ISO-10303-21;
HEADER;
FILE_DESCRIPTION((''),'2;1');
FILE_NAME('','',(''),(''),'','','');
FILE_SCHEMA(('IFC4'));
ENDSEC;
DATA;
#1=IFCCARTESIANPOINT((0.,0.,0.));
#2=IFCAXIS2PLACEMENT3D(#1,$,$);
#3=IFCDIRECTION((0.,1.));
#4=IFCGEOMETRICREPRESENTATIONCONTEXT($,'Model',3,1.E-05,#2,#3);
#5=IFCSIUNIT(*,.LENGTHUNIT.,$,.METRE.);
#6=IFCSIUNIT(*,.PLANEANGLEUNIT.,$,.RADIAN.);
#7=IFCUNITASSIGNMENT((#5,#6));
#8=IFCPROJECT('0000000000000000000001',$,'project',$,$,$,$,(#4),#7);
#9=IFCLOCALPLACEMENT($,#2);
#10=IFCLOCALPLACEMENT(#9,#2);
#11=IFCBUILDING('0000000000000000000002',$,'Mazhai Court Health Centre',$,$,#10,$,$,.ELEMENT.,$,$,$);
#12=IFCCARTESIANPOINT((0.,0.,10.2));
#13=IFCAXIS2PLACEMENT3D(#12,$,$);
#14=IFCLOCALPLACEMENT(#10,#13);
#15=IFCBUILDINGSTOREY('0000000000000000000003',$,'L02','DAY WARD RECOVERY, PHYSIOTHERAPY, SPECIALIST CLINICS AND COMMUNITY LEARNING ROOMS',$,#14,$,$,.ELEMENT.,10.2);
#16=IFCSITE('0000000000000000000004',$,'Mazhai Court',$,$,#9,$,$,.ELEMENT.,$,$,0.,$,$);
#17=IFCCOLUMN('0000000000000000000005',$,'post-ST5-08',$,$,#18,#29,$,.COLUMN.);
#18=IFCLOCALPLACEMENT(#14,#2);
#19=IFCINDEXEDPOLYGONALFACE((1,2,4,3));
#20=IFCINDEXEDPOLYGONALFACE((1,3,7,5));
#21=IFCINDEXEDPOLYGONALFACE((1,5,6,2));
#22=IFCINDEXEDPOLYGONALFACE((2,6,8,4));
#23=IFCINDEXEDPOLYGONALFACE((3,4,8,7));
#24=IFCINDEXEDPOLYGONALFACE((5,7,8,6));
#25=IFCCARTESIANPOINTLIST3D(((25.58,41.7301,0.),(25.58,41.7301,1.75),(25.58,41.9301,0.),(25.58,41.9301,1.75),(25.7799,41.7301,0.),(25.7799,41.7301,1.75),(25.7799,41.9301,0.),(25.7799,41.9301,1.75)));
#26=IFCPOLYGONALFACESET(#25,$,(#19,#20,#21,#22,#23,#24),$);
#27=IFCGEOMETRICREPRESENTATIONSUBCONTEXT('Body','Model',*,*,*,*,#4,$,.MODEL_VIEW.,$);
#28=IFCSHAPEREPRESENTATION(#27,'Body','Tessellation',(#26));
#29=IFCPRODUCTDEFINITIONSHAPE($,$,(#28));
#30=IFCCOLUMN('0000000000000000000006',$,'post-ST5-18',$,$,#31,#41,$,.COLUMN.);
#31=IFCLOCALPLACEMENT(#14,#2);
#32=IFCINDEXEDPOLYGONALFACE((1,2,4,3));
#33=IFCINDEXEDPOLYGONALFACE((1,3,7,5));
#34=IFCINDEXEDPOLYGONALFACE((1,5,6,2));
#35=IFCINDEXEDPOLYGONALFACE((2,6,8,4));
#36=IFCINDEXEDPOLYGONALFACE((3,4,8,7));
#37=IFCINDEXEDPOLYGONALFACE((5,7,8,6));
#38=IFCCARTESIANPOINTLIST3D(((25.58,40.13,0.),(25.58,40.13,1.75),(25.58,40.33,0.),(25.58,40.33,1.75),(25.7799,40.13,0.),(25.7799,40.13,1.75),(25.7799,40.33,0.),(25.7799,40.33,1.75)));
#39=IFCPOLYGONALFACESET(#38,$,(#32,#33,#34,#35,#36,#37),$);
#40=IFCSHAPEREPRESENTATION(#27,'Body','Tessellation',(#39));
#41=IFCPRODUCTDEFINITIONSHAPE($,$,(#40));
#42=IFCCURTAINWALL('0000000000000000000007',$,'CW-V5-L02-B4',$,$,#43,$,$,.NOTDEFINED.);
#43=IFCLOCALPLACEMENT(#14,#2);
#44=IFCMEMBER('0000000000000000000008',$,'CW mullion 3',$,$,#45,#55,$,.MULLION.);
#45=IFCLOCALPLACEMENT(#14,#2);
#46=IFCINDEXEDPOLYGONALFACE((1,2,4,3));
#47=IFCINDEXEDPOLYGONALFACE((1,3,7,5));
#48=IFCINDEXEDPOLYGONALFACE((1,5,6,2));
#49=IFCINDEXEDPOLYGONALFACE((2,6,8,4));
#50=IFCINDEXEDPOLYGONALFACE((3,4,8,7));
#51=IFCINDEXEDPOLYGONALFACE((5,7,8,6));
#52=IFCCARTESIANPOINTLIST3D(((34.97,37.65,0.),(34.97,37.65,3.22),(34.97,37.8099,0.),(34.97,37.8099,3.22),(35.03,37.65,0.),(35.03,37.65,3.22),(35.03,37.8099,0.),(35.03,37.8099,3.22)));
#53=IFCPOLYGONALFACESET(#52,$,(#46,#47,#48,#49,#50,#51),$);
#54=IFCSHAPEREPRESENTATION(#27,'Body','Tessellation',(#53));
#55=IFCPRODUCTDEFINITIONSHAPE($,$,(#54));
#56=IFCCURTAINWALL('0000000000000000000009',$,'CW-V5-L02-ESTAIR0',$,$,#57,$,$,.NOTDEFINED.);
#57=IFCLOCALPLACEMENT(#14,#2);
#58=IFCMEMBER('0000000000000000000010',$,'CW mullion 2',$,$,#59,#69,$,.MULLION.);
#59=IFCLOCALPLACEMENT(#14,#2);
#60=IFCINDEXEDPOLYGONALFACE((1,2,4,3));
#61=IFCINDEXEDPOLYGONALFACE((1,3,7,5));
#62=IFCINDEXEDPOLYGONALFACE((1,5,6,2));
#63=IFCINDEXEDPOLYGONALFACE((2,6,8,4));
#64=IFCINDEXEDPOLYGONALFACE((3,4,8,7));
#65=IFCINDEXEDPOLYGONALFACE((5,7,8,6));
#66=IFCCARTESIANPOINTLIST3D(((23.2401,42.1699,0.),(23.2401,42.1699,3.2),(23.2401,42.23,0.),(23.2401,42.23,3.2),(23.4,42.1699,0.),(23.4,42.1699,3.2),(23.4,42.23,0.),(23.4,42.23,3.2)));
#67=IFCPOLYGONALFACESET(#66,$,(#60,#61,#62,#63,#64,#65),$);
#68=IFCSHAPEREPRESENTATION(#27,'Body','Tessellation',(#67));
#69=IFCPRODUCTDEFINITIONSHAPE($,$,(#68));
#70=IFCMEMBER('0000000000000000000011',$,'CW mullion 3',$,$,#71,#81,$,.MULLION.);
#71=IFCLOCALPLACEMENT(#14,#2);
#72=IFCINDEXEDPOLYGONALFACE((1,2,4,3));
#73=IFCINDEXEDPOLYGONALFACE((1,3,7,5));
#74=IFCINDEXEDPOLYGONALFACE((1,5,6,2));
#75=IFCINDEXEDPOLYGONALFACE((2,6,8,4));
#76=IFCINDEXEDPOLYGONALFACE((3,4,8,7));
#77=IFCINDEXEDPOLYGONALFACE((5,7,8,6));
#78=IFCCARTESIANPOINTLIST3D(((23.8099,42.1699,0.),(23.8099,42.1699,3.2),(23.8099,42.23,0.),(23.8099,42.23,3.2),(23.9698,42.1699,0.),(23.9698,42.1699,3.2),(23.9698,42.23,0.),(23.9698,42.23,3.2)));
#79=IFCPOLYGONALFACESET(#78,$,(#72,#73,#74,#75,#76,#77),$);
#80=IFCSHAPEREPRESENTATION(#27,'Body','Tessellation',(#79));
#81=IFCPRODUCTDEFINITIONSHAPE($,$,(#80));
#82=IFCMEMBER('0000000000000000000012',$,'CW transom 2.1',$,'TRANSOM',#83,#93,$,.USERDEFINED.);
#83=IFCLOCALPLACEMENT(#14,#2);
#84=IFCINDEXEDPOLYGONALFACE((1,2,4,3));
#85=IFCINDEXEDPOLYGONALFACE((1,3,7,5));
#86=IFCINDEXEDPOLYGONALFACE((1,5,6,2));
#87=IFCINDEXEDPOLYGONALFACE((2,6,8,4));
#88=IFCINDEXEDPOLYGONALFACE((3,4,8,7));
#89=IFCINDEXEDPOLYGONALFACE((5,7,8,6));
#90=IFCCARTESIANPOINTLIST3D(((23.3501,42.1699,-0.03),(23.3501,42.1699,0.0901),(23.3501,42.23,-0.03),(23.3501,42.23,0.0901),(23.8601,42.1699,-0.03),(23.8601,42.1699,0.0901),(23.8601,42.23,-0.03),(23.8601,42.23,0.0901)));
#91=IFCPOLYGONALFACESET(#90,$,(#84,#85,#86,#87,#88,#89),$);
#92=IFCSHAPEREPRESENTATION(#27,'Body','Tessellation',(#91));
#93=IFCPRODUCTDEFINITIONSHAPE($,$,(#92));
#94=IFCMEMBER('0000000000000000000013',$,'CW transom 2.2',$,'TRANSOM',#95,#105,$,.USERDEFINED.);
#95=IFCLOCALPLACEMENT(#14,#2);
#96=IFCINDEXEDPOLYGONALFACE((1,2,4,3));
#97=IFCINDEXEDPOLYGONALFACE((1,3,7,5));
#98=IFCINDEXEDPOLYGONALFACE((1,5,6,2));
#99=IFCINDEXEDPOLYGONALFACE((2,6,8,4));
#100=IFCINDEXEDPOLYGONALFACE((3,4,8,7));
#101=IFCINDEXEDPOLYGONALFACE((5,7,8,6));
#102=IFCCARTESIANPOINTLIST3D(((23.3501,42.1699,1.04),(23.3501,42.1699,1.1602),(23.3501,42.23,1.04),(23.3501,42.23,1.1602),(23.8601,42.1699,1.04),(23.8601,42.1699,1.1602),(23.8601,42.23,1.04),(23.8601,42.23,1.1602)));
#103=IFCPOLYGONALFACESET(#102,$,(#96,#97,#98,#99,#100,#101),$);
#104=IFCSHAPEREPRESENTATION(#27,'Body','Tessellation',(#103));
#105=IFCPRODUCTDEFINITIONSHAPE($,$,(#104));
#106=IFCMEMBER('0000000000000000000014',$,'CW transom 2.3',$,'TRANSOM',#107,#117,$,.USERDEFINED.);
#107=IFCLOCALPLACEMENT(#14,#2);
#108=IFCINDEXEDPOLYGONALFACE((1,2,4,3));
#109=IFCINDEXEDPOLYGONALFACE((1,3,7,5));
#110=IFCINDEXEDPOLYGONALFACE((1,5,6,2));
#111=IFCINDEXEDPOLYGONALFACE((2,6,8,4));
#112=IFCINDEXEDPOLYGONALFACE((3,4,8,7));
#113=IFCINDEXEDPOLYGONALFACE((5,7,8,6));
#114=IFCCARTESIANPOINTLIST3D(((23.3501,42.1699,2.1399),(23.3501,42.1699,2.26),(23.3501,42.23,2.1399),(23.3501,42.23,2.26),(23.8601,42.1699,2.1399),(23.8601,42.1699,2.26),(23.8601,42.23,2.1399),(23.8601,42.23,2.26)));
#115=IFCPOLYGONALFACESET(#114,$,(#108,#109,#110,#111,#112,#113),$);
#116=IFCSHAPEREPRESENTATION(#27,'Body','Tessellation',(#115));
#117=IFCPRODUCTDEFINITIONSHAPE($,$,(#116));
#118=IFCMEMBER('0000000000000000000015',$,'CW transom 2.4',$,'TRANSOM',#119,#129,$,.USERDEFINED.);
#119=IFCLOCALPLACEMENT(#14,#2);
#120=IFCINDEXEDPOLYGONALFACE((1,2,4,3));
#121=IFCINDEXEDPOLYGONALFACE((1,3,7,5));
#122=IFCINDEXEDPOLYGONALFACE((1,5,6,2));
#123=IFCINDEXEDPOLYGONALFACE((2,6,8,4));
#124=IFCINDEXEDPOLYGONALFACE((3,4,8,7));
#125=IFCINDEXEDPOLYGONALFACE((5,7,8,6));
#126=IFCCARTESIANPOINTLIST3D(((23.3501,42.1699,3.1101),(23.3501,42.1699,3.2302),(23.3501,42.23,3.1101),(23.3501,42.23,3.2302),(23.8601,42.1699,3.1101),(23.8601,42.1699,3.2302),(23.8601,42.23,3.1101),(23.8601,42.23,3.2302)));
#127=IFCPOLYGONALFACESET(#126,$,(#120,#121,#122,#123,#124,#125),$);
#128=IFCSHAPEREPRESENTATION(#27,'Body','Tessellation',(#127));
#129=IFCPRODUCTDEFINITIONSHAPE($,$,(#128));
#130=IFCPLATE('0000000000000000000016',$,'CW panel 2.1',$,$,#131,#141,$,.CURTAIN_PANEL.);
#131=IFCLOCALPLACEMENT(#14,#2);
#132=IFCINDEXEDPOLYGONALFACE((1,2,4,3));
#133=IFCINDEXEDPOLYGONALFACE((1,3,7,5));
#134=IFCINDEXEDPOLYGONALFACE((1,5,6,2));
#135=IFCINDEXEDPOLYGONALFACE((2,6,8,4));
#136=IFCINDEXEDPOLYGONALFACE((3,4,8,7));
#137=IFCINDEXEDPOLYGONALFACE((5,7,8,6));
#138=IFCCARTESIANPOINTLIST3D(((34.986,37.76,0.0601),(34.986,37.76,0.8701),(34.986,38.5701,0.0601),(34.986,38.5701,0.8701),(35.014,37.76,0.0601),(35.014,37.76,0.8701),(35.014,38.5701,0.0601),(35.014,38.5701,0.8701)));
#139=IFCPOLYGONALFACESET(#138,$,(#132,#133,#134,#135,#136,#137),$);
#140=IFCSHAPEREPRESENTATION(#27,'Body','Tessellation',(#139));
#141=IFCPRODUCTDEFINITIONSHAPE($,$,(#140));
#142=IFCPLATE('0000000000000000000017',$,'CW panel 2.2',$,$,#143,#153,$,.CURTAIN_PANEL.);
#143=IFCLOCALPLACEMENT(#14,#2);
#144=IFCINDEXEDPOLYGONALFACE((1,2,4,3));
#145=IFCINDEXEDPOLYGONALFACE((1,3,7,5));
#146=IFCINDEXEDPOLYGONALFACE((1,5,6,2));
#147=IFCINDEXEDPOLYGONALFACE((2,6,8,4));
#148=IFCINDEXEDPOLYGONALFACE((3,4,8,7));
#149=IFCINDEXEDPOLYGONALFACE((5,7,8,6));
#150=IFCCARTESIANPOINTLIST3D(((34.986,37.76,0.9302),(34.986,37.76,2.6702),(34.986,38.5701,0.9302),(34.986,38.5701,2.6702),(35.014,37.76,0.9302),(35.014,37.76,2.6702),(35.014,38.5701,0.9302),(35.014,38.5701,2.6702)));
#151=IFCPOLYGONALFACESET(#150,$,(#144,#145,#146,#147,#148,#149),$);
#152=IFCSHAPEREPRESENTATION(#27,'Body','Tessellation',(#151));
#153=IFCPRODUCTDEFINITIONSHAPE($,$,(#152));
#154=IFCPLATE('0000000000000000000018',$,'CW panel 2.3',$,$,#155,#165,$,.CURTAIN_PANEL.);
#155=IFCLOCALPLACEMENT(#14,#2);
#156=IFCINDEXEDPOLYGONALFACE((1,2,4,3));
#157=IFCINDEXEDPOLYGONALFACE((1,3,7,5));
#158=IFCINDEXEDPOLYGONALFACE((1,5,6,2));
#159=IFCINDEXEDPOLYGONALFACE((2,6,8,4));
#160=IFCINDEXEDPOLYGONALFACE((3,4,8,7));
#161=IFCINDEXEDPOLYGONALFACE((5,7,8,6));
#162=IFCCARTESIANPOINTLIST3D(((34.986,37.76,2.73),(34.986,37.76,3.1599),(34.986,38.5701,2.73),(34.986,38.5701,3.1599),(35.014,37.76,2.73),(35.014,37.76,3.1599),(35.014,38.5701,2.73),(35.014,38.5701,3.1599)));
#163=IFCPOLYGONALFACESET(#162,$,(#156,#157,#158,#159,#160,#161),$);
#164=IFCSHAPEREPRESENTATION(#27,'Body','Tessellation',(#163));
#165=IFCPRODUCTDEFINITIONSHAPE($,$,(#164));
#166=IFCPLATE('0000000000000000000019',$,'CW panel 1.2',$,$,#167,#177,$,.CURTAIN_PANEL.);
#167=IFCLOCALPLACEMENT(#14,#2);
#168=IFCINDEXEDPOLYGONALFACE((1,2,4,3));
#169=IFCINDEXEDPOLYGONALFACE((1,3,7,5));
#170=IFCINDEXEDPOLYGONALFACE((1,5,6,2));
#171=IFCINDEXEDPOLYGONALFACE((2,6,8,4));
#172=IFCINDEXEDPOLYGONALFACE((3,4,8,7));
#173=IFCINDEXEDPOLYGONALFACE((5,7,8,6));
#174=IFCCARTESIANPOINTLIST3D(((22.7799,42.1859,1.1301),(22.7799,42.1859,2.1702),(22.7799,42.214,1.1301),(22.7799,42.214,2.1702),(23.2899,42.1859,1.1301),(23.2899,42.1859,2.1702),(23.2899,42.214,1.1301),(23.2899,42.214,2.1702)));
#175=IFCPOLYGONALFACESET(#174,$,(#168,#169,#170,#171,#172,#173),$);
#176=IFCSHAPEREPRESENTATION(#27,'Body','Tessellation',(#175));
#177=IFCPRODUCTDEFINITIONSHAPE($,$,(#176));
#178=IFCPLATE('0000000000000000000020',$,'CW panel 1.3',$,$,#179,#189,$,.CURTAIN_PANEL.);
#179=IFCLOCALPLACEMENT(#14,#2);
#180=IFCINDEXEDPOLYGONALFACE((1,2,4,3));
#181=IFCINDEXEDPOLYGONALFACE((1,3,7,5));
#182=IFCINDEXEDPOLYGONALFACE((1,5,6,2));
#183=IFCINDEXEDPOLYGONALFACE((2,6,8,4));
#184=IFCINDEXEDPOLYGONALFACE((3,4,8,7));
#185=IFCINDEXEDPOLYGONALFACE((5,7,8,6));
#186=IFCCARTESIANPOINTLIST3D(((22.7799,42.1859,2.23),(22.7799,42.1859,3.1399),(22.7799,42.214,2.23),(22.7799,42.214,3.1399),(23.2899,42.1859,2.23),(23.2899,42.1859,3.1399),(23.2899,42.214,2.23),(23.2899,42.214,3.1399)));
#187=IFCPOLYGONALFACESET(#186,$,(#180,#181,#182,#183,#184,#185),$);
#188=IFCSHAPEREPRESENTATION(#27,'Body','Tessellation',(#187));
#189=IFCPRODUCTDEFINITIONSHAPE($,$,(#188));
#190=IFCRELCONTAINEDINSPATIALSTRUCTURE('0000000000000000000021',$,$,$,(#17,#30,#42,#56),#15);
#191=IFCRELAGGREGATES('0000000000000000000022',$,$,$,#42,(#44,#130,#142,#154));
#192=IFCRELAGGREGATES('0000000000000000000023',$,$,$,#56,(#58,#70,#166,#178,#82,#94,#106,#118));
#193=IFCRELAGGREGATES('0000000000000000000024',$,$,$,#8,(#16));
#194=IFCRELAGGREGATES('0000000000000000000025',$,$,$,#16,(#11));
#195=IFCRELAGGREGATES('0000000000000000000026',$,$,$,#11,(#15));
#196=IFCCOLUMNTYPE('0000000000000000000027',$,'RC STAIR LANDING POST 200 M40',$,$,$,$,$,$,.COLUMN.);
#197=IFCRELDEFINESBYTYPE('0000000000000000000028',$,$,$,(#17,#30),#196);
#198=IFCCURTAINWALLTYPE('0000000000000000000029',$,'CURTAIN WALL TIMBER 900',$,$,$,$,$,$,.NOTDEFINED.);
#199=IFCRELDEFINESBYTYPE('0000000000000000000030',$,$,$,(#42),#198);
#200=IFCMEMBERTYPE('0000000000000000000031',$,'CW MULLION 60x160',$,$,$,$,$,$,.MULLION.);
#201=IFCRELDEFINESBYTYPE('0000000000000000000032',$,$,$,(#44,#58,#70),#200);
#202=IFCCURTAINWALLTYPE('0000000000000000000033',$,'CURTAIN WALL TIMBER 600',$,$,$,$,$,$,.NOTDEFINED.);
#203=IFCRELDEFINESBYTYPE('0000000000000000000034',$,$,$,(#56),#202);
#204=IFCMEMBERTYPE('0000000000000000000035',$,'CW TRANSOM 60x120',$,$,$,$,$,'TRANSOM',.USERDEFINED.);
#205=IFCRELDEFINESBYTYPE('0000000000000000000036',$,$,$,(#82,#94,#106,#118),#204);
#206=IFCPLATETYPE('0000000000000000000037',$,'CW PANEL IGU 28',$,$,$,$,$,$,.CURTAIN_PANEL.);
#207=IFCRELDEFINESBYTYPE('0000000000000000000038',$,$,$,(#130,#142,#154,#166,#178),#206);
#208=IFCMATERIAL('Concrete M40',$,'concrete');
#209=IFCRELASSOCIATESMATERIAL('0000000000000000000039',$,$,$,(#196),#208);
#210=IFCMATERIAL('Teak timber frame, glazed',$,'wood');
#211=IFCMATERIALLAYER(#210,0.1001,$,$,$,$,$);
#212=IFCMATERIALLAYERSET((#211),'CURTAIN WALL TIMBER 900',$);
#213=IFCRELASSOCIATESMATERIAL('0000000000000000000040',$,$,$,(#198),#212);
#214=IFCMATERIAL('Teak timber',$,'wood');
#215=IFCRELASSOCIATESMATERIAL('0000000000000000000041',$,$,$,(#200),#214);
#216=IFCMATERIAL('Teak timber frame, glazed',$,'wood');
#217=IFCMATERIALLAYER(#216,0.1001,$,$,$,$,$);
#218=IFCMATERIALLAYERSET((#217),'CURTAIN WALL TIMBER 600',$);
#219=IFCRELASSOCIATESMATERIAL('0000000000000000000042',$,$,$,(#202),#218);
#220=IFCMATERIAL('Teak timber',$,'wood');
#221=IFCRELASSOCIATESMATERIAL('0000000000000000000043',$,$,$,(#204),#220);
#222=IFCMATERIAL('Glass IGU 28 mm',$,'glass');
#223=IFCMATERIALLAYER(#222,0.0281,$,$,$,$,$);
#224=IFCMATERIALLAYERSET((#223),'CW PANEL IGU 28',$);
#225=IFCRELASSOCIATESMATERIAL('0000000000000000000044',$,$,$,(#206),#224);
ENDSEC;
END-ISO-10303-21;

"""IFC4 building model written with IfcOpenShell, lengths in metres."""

from ifc_helpers import new_model, si_unit, direction, frame, origin, origin_2d, place, context, subcontext, project, spatial, rectangle, extrude, material, layer, layer_set, material_profile, profile_set, type_object, element, aggregate, save


model = new_model("IFC4")

# Units and contexts
model_context = context("Model", 3, precision=1e-05, world=origin(), true_north=direction((0.0, 1.0)))
body_context = subcontext(model_context, "Body", "Model", "MODEL_VIEW")
ifc_project = project(units=[si_unit("LENGTHUNIT", "METRE"), si_unit("PLANEANGLEUNIT", "RADIAN")], contexts=[model_context])

# Site, building, storey
site_placement = place(None, origin())
site = spatial("IfcSite", under=ifc_project, at=site_placement, Name="Mazhai Court", CompositionType="ELEMENT", RefElevation=0.0)
building_placement = place(site_placement, origin())
building = spatial("IfcBuilding", under=site, at=building_placement, Name="Mazhai Court Health Centre", CompositionType="ELEMENT")
storey_placement = place(building_placement, frame((0.0, 0.0, 10.2)))
storey = spatial("IfcBuildingStorey", under=building, at=storey_placement, Name="L02", Description="DAY WARD RECOVERY, PHYSIOTHERAPY, SPECIALIST CLINICS AND COMMUNITY LEARNING ROOMS", CompositionType="ELEMENT", Elevation=10.2)

# Columns
ifc_material_1 = material(Name="Concrete M40", Category="concrete")
ifc_material_profile_1 = material_profile(ifc_material_1, rectangle(XDim=0.2, YDim=0.2, at=origin_2d()), Name="RC 200x200")
ifc_profile_set_1 = profile_set([ifc_material_profile_1], Name="Concrete M40")
column_type = type_object("IfcColumnType", Name="RC STAIR LANDING POST 200 M40", PredefinedType="COLUMN", material=ifc_profile_set_1)
for number, where, z_axis, x_axis, name in (
    (1, (25.6799, 41.8301, 0.0), (0.0, 0.0, 1.0), (1.0, 0.0, 0.0), "post-ST5-08"),
    (2, (25.6799, 40.23, 0.0), (0.0, 0.0, 1.0), (1.0, 0.0, 0.0), "post-ST5-18"),
):
    element("IfcColumn", number, at=place(storey_placement, frame(where, z_axis=z_axis, x_axis=x_axis)), inside=storey, type_object=column_type, Name=name, PredefinedType="COLUMN", context=body_context, shape_type="SweptSolid", body=[
        extrude(rectangle(XDim=0.2, YDim=0.2, at=origin_2d()), origin(), (0.0, 0.0, 1.0), 1.75),
    ])

# Curtain wall, member
ifc_material_2 = material(Name="Teak timber frame, glazed", Category="wood")
ifc_layer_1 = layer(ifc_material_2, 0.1001)
ifc_layer_set_1 = layer_set([ifc_layer_1], Name="CURTAIN WALL TIMBER 900")
curtain_wall_type_1 = type_object("IfcCurtainWallType", Name="CURTAIN WALL TIMBER 900", PredefinedType="NOTDEFINED", material=ifc_layer_set_1)
curtain_wall_1_placement = place(storey_placement, origin())
curtain_wall_1 = element("IfcCurtainWall", 3, at=curtain_wall_1_placement, inside=storey, type_object=curtain_wall_type_1, Name="CW-V5-L02-B4", PredefinedType="NOTDEFINED")
ifc_material_3 = material(Name="Teak timber", Category="wood")
ifc_material_profile_2 = material_profile(ifc_material_3, rectangle(XDim=0.0601, YDim=0.1599, at=origin_2d()), Name="CW MULLION 60x160")
ifc_profile_set_2 = profile_set([ifc_material_profile_2], Name="Teak timber")
member_type_1 = type_object("IfcMemberType", Name="CW MULLION 60x160", PredefinedType="MULLION", material=ifc_profile_set_2)
member_1_placement = place(storey_placement, frame((35.0, 37.73, 0.0), z_axis=(0.0, 0.0, 1.0), x_axis=(1.0, 0.0, 0.0)))
member_1 = element("IfcMember", 4, at=member_1_placement, type_object=member_type_1, Name="CW mullion 3", PredefinedType="MULLION", context=body_context, shape_type="SweptSolid", body=[
    extrude(rectangle(XDim=0.0601, YDim=0.1599, at=origin_2d()), origin(), (0.0, 0.0, 1.0), 3.22),
])

# Curtain wall, members
ifc_material_4 = material(Name="Teak timber frame, glazed", Category="wood")
ifc_layer_2 = layer(ifc_material_4, 0.1001)
ifc_layer_set_2 = layer_set([ifc_layer_2], Name="CURTAIN WALL TIMBER 600")
curtain_wall_type_2 = type_object("IfcCurtainWallType", Name="CURTAIN WALL TIMBER 600", PredefinedType="NOTDEFINED", material=ifc_layer_set_2)
curtain_wall_2_placement = place(storey_placement, origin())
curtain_wall_2 = element("IfcCurtainWall", 5, at=curtain_wall_2_placement, inside=storey, type_object=curtain_wall_type_2, Name="CW-V5-L02-ESTAIR0", PredefinedType="NOTDEFINED")
member_2_placement = place(storey_placement, frame((23.3201, 42.2, 0.0), z_axis=(0.0, 0.0, 1.0), x_axis=(0.0, 1.0, 0.0)))
member_2 = element("IfcMember", 6, at=member_2_placement, type_object=member_type_1, Name="CW mullion 2", PredefinedType="MULLION", context=body_context, shape_type="SweptSolid", body=[
    extrude(rectangle(XDim=0.0601, YDim=0.1599, at=origin_2d()), origin(), (0.0, 0.0, 1.0), 3.2),
])
member_3_placement = place(storey_placement, frame((23.8899, 42.2, 0.0), z_axis=(0.0, 0.0, 1.0), x_axis=(0.0, 1.0, 0.0)))
member_3 = element("IfcMember", 7, at=member_3_placement, type_object=member_type_1, Name="CW mullion 3", PredefinedType="MULLION", context=body_context, shape_type="SweptSolid", body=[
    extrude(rectangle(XDim=0.0601, YDim=0.1599, at=origin_2d()), origin(), (0.0, 0.0, 1.0), 3.2),
])
ifc_material_5 = material(Name="Teak timber", Category="wood")
ifc_material_profile_3 = material_profile(ifc_material_5, rectangle(XDim=0.0601, YDim=0.1201, at=origin_2d()), Name="CW TRANSOM 60x120")
ifc_profile_set_3 = profile_set([ifc_material_profile_3], Name="Teak timber")
member_type_2 = type_object("IfcMemberType", Name="CW TRANSOM 60x120", ElementType="TRANSOM", PredefinedType="USERDEFINED", material=ifc_profile_set_3)
member_4_placement = place(storey_placement, frame((23.3501, 42.2, 0.03), z_axis=(1.0, 0.0, 0.0), x_axis=(0.0, 1.0, 0.0)))
member_4 = element("IfcMember", 8, at=member_4_placement, type_object=member_type_2, Name="CW transom 2.1", ObjectType="TRANSOM", PredefinedType="USERDEFINED", context=body_context, shape_type="SweptSolid", body=[
    extrude(rectangle(XDim=0.0601, YDim=0.1201, at=origin_2d()), origin(), (0.0, 0.0, 1.0), 0.51),
])
member_5_placement = place(storey_placement, frame((23.3501, 42.2, 1.1001), z_axis=(1.0, 0.0, 0.0), x_axis=(0.0, 1.0, 0.0)))
member_5 = element("IfcMember", 9, at=member_5_placement, type_object=member_type_2, Name="CW transom 2.2", ObjectType="TRANSOM", PredefinedType="USERDEFINED", context=body_context, shape_type="SweptSolid", body=[
    extrude(rectangle(XDim=0.0601, YDim=0.1201, at=origin_2d()), origin(), (0.0, 0.0, 1.0), 0.51),
])
member_6_placement = place(storey_placement, frame((23.3501, 42.2, 2.2), z_axis=(1.0, 0.0, 0.0), x_axis=(0.0, 1.0, 0.0)))
member_6 = element("IfcMember", 10, at=member_6_placement, type_object=member_type_2, Name="CW transom 2.3", ObjectType="TRANSOM", PredefinedType="USERDEFINED", context=body_context, shape_type="SweptSolid", body=[
    extrude(rectangle(XDim=0.0601, YDim=0.1201, at=origin_2d()), origin(), (0.0, 0.0, 1.0), 0.51),
])
member_7_placement = place(storey_placement, frame((23.3501, 42.2, 3.1702), z_axis=(1.0, 0.0, 0.0), x_axis=(0.0, 1.0, 0.0)))
member_7 = element("IfcMember", 11, at=member_7_placement, type_object=member_type_2, Name="CW transom 2.4", ObjectType="TRANSOM", PredefinedType="USERDEFINED", context=body_context, shape_type="SweptSolid", body=[
    extrude(rectangle(XDim=0.0601, YDim=0.1201, at=origin_2d()), origin(), (0.0, 0.0, 1.0), 0.51),
])

# Plates
ifc_material_6 = material(Name="Glass IGU 28 mm", Category="glass")
ifc_layer_3 = layer(ifc_material_6, 0.0281)
ifc_layer_set_3 = layer_set([ifc_layer_3], Name="CW PANEL IGU 28")
plate_type = type_object("IfcPlateType", Name="CW PANEL IGU 28", PredefinedType="CURTAIN_PANEL", material=ifc_layer_set_3)
plate_1_placement = place(storey_placement, frame((35.0, 38.165, 0.0601), z_axis=(0.0, 0.0, 1.0), x_axis=(0.0, -1.0, 0.0)))
plate_1 = element("IfcPlate", 12, at=plate_1_placement, type_object=plate_type, Name="CW panel 2.1", PredefinedType="CURTAIN_PANEL", context=body_context, shape_type="SweptSolid", body=[
    extrude(rectangle(XDim=0.8101, YDim=0.0281, at=origin_2d()), origin(), (0.0, 0.0, 1.0), 0.8101),
])
plate_2_placement = place(storey_placement, frame((35.0, 38.165, 0.9302), z_axis=(0.0, 0.0, 1.0), x_axis=(0.0, -1.0, 0.0)))
plate_2 = element("IfcPlate", 13, at=plate_2_placement, type_object=plate_type, Name="CW panel 2.2", PredefinedType="CURTAIN_PANEL", context=body_context, shape_type="SweptSolid", body=[
    extrude(rectangle(XDim=0.8101, YDim=0.0281, at=origin_2d()), origin(), (0.0, 0.0, 1.0), 1.74),
])
plate_3_placement = place(storey_placement, frame((35.0, 38.165, 2.73), z_axis=(0.0, 0.0, 1.0), x_axis=(0.0, -1.0, 0.0)))
plate_3 = element("IfcPlate", 14, at=plate_3_placement, type_object=plate_type, Name="CW panel 2.3", PredefinedType="CURTAIN_PANEL", context=body_context, shape_type="SweptSolid", body=[
    extrude(rectangle(XDim=0.8101, YDim=0.0281, at=origin_2d()), origin(), (0.0, 0.0, 1.0), 0.4299),
])
aggregate(curtain_wall_1, [member_1, plate_1, plate_2, plate_3])
plate_4_placement = place(storey_placement, frame((23.0349, 42.2, 1.1301), z_axis=(0.0, 0.0, 1.0), x_axis=(1.0, 0.0, 0.0)))
plate_4 = element("IfcPlate", 15, at=plate_4_placement, type_object=plate_type, Name="CW panel 1.2", PredefinedType="CURTAIN_PANEL", context=body_context, shape_type="SweptSolid", body=[
    extrude(rectangle(XDim=0.51, YDim=0.0281, at=origin_2d()), origin(), (0.0, 0.0, 1.0), 1.04),
])
plate_5_placement = place(storey_placement, frame((23.0349, 42.2, 2.23), z_axis=(0.0, 0.0, 1.0), x_axis=(1.0, 0.0, 0.0)))
plate_5 = element("IfcPlate", 16, at=plate_5_placement, type_object=plate_type, Name="CW panel 1.3", PredefinedType="CURTAIN_PANEL", context=body_context, shape_type="SweptSolid", body=[
    extrude(rectangle(XDim=0.51, YDim=0.0281, at=origin_2d()), origin(), (0.0, 0.0, 1.0), 0.9099),
])
aggregate(curtain_wall_2, [member_2, member_3, plate_4, plate_5, member_4, member_5, member_6, member_7])

save(model, "model.ifc")
